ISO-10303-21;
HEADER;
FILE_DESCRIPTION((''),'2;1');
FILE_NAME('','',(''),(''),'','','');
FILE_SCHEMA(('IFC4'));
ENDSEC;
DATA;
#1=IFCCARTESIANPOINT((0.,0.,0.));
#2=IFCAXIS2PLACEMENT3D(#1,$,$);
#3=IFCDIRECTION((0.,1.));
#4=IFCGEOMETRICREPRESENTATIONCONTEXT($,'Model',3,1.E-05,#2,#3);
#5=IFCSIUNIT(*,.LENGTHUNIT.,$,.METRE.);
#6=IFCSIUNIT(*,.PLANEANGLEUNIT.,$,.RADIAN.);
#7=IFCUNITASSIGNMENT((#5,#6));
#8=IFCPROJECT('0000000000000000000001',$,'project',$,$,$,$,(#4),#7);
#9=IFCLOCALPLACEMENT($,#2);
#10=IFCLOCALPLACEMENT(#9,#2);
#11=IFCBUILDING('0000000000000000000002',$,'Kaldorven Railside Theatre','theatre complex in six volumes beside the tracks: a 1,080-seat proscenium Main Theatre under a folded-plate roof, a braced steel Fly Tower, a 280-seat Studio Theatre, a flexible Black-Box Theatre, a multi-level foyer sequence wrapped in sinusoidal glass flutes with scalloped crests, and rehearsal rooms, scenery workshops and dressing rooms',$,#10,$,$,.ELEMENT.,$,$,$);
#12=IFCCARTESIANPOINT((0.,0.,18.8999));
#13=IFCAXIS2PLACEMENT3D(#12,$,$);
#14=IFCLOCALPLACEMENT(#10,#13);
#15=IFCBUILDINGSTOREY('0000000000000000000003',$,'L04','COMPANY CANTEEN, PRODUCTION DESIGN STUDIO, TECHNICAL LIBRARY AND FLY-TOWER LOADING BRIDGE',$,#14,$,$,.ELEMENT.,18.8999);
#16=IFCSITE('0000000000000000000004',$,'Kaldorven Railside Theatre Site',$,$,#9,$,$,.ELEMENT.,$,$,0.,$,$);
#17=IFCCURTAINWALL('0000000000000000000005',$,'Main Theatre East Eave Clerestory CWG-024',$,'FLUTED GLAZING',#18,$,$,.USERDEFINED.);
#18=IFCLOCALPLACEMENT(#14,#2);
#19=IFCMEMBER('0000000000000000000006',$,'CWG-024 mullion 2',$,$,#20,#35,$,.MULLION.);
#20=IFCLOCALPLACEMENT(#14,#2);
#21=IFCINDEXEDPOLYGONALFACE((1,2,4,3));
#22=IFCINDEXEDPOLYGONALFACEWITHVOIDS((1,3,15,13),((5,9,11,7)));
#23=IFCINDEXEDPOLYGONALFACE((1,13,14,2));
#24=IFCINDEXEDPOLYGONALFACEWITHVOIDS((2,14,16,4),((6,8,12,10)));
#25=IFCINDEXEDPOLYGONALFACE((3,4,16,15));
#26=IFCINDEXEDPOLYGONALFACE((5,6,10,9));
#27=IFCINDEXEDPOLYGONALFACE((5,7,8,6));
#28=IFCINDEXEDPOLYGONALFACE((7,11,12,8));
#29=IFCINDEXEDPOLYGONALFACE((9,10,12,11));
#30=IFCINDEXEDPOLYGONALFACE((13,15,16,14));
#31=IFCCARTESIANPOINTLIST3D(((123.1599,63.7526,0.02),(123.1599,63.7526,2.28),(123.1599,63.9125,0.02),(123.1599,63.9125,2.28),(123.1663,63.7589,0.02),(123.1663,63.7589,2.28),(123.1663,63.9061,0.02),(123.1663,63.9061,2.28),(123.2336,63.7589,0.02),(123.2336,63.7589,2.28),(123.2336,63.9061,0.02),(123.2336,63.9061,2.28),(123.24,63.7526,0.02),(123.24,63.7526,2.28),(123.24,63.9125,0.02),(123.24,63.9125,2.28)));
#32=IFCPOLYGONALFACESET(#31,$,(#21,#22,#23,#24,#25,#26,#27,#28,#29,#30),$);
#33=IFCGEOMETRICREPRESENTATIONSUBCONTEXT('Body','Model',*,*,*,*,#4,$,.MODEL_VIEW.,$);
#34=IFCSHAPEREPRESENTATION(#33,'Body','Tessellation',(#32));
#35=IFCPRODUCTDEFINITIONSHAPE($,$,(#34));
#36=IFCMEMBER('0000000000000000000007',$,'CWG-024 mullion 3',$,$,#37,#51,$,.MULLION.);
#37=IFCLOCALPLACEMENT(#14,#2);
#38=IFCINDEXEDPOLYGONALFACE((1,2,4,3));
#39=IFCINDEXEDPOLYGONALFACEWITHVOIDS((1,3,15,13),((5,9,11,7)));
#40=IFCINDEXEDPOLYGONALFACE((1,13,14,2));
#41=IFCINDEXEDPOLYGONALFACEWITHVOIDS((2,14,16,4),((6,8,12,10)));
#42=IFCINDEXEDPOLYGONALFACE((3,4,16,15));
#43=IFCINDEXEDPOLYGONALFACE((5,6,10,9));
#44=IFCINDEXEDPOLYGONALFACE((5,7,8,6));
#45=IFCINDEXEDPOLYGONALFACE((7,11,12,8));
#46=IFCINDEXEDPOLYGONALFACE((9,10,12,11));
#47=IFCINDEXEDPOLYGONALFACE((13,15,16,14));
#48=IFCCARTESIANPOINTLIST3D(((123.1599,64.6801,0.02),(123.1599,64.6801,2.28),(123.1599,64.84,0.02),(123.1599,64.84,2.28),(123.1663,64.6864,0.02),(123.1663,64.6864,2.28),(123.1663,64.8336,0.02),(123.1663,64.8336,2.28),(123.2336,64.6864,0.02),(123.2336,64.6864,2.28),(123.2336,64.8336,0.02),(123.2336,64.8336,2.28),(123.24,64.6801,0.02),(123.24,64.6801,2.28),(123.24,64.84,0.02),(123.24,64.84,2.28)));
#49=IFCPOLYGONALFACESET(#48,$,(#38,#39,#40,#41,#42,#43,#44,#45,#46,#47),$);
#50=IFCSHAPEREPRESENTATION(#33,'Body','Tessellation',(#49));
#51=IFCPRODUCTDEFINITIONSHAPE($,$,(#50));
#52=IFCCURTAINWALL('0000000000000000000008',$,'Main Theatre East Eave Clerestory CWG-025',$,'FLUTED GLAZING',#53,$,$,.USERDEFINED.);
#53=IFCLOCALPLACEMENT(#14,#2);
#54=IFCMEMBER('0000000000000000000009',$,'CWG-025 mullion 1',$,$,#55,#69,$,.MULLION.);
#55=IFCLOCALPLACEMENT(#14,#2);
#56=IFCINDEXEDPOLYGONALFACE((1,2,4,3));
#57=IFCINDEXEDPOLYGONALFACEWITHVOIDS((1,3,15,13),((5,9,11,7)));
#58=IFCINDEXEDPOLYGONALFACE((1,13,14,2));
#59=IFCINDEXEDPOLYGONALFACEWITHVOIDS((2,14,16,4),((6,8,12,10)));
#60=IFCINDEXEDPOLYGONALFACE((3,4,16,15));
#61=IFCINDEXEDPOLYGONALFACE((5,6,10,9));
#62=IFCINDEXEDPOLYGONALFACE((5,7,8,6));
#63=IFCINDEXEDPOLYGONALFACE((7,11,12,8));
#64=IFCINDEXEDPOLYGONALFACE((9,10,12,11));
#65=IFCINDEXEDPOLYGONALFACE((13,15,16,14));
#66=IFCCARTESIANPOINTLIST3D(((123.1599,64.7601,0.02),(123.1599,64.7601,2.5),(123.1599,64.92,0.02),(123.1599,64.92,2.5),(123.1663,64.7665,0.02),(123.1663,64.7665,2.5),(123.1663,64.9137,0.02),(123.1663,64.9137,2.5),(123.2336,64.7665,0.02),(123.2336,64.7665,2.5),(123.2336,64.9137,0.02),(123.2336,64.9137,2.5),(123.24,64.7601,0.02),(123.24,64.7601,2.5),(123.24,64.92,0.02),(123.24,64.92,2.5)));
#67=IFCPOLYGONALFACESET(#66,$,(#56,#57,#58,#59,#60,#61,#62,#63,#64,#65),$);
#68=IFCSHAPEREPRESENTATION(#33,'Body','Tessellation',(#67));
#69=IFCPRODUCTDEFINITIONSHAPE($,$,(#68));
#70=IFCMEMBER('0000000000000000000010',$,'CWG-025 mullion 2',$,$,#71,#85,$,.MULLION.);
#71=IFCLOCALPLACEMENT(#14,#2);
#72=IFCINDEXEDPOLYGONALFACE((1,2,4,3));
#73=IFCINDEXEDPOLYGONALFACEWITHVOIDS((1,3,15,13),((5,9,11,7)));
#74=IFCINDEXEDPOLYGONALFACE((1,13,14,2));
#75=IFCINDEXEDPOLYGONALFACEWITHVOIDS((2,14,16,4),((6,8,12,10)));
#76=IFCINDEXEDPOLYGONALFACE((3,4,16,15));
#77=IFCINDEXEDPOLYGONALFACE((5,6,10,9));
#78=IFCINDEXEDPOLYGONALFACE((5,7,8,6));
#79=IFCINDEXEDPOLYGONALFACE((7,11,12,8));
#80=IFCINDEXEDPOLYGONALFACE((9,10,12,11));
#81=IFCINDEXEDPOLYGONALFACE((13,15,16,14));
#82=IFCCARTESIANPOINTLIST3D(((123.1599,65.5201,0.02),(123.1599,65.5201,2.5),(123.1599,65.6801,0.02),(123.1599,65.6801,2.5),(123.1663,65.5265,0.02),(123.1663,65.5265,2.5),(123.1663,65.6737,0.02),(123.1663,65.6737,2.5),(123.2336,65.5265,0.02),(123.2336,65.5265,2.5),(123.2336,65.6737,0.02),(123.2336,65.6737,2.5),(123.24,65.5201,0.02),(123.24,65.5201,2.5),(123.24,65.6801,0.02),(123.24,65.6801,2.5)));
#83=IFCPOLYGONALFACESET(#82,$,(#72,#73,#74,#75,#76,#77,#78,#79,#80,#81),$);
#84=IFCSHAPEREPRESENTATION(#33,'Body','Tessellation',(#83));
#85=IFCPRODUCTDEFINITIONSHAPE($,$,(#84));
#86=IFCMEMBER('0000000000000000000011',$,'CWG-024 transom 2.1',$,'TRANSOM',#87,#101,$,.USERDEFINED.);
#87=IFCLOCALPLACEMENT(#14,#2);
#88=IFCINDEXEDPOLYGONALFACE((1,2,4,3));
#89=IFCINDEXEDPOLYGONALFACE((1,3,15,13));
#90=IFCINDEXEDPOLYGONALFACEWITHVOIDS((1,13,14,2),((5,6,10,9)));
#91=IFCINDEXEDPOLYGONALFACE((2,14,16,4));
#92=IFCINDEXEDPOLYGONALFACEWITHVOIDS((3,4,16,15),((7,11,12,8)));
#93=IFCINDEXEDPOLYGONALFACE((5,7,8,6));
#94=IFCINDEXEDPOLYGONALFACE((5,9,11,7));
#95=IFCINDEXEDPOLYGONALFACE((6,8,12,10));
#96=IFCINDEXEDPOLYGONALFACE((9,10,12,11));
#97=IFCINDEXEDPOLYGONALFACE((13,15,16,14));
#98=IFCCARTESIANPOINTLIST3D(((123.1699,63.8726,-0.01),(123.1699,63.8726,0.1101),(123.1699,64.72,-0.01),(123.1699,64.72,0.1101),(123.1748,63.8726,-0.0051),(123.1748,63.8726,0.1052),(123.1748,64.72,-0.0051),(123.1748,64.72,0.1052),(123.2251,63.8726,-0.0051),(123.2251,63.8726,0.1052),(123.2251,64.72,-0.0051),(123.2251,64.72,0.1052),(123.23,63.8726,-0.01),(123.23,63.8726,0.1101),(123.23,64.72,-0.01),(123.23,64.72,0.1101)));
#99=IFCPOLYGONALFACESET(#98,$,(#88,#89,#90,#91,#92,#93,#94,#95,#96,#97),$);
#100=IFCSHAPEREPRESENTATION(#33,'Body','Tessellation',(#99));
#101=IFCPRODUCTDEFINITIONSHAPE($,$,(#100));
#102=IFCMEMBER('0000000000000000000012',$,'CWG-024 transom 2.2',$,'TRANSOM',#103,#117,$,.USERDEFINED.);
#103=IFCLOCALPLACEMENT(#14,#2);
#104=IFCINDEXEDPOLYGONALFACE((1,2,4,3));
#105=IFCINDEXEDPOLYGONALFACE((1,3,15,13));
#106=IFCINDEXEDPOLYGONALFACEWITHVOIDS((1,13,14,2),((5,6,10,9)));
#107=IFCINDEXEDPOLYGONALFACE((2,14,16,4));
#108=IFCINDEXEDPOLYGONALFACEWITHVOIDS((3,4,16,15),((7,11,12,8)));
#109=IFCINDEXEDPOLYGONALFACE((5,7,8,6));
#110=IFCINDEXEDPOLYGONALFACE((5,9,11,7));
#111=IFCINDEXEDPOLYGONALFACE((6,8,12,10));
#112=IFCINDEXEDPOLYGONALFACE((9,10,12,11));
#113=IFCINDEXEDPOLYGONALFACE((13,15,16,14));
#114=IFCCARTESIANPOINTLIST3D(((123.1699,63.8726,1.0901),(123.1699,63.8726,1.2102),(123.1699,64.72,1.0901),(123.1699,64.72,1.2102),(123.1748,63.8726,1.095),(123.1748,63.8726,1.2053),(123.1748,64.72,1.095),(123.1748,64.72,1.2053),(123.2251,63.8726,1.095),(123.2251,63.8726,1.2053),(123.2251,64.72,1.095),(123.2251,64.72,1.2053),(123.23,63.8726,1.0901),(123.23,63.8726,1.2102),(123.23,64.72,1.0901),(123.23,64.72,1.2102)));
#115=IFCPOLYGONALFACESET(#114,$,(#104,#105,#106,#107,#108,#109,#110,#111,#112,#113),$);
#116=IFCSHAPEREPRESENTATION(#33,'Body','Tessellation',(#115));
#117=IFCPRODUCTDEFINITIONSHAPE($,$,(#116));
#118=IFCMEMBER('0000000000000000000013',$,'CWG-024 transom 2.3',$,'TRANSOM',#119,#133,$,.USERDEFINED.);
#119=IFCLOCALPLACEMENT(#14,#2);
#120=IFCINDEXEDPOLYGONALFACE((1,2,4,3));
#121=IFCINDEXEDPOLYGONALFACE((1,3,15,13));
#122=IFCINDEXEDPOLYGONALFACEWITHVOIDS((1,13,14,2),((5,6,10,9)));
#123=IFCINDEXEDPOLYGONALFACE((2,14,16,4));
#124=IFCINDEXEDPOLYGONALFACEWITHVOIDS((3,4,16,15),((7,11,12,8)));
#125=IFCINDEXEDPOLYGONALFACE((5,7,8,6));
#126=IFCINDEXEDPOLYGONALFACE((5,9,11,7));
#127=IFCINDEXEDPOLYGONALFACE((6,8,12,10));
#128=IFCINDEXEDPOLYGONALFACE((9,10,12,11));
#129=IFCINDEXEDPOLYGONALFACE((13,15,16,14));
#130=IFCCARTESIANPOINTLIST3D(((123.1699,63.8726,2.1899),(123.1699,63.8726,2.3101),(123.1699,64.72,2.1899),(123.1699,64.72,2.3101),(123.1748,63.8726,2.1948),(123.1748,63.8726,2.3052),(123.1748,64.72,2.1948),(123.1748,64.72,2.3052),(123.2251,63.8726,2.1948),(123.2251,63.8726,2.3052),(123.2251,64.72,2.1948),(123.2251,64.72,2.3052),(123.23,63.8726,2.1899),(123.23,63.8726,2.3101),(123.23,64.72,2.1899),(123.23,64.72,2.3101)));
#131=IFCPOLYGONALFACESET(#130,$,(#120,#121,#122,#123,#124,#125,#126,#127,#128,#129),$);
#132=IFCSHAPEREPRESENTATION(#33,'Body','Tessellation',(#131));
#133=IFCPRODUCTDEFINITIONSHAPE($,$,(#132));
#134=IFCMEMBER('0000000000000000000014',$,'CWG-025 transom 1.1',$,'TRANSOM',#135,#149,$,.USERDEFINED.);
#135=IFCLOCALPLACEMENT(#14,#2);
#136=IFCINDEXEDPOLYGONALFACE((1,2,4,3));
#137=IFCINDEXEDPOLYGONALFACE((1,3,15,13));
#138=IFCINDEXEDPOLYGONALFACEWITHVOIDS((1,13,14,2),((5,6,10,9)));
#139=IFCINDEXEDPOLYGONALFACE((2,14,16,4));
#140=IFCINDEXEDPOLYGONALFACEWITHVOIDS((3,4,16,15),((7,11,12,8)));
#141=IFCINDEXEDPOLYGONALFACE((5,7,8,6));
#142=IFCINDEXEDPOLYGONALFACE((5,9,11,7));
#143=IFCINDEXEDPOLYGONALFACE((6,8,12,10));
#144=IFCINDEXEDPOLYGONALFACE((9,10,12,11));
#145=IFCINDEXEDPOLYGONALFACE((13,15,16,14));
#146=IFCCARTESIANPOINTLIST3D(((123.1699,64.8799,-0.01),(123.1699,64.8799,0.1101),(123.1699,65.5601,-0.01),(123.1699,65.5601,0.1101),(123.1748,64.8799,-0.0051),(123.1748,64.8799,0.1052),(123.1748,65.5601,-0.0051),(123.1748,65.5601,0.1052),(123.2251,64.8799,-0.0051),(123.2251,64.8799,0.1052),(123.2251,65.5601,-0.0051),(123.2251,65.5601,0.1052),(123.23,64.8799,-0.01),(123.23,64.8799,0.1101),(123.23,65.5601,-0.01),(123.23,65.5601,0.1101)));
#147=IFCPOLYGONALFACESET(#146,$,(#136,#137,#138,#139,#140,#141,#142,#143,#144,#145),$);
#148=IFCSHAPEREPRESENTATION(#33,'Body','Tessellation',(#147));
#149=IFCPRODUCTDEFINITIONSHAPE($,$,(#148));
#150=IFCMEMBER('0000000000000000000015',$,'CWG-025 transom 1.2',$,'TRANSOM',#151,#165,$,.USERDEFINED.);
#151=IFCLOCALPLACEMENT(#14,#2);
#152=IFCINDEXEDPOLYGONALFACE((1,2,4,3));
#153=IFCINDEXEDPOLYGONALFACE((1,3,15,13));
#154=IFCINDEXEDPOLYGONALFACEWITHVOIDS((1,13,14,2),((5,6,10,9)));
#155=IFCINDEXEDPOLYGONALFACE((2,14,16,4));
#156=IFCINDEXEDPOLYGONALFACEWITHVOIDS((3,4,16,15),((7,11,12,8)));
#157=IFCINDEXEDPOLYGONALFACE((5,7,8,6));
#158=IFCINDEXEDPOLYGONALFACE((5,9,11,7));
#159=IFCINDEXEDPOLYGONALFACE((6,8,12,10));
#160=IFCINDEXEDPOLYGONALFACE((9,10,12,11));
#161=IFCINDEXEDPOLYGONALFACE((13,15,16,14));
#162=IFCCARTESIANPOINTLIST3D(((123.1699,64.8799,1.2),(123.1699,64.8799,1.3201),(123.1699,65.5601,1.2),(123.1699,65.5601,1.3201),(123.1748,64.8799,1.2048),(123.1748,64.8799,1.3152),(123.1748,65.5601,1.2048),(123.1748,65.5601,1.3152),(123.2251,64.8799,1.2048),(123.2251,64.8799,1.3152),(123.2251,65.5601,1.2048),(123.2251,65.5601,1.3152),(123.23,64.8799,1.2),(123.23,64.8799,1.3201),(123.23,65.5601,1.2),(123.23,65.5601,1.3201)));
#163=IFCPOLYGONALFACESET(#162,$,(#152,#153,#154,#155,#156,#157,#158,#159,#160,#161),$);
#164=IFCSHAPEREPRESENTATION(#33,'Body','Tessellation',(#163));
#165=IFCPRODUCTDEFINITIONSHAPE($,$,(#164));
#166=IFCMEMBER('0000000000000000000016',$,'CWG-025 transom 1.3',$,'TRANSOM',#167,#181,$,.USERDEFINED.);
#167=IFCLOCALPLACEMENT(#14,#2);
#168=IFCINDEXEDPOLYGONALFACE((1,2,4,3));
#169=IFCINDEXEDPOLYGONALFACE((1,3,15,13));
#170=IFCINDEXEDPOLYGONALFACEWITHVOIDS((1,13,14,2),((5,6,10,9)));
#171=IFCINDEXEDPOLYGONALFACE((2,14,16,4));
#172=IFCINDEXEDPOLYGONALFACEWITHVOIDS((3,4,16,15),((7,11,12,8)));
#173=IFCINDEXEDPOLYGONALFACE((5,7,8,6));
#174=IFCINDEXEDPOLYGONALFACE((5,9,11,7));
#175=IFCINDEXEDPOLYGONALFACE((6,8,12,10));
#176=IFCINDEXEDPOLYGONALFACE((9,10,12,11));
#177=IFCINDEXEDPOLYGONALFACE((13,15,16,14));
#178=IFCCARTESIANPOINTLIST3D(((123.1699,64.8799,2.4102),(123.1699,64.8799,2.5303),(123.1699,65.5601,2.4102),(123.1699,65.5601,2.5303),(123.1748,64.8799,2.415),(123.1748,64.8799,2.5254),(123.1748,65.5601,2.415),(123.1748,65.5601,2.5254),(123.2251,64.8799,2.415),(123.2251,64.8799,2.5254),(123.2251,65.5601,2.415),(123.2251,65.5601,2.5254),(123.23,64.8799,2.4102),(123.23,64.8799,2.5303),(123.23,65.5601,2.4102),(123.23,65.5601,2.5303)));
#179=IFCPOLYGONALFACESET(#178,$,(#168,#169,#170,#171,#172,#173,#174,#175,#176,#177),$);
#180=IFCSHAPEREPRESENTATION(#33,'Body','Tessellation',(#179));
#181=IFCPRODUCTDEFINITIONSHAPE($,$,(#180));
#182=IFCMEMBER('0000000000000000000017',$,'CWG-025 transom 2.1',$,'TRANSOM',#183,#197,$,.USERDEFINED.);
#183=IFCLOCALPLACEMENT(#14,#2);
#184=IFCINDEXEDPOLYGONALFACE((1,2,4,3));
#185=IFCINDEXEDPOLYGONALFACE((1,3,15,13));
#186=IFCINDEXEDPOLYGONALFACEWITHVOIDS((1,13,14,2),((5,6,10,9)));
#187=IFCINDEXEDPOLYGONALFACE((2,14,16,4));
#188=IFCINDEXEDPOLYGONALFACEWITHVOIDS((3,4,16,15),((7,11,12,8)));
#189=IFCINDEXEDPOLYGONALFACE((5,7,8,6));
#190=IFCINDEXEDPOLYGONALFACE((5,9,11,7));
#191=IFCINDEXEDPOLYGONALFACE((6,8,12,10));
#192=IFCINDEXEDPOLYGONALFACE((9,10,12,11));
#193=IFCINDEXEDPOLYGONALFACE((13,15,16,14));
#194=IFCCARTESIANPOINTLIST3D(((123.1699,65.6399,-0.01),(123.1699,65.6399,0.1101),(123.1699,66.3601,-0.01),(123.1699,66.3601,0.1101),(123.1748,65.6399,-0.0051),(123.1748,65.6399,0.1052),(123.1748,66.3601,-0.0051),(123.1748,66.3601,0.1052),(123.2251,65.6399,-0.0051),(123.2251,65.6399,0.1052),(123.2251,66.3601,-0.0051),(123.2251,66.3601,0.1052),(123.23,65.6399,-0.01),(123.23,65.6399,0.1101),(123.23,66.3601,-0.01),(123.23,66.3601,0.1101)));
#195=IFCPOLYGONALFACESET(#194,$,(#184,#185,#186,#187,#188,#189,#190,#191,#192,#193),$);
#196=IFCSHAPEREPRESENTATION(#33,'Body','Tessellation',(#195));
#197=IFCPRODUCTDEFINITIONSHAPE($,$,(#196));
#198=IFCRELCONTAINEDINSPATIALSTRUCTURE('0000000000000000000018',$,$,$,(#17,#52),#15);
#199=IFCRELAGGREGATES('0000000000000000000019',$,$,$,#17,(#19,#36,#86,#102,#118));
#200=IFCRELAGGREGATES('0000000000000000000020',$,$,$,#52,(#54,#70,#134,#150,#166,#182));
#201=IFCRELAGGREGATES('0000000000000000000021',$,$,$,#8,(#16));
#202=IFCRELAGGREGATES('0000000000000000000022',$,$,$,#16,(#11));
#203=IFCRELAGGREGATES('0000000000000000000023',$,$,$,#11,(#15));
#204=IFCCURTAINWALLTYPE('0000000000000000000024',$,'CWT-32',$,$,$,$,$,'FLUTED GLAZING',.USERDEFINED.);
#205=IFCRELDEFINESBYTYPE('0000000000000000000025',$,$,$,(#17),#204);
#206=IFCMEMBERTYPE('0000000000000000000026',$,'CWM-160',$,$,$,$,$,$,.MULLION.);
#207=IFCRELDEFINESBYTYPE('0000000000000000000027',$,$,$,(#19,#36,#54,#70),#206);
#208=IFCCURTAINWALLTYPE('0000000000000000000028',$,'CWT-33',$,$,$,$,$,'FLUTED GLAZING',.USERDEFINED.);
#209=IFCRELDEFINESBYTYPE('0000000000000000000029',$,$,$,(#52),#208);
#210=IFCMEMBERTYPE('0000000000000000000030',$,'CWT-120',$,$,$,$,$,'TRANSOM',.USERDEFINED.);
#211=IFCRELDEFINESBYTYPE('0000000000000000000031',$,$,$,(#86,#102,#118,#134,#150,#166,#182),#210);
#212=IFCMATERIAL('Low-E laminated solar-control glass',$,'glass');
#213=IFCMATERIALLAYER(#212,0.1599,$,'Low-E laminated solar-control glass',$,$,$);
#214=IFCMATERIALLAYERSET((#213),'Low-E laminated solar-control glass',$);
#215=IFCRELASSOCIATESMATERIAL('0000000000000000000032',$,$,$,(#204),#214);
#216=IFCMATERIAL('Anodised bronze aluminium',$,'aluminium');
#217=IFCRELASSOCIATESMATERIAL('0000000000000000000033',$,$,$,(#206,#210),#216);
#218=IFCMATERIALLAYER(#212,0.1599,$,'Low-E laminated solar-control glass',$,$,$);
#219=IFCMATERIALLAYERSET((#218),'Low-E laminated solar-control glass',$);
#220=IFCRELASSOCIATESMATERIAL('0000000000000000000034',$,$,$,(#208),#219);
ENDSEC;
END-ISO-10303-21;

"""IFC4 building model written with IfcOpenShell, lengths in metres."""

from ifc_helpers import new_model, si_unit, direction, frame, origin, origin_2d, place, context, subcontext, project, spatial, hollow_rectangle, extrude, material, layer, layer_set, material_profile, profile_set, type_object, element, aggregate, save


model = new_model("IFC4")

# Units and contexts
model_context = context("Model", 3, precision=1e-05, world=origin(), true_north=direction((0.0, 1.0)))
body_context = subcontext(model_context, "Body", "Model", "MODEL_VIEW")
ifc_project = project(units=[si_unit("LENGTHUNIT", "METRE"), si_unit("PLANEANGLEUNIT", "RADIAN")], contexts=[model_context])

# Site, building, storey
site_placement = place(None, origin())
site = spatial("IfcSite", under=ifc_project, at=site_placement, Name="Kaldorven Railside Theatre Site", CompositionType="ELEMENT", RefElevation=0.0)
building_placement = place(site_placement, origin())
building = spatial("IfcBuilding", under=site, at=building_placement, Name="Kaldorven Railside Theatre", Description="theatre complex in six volumes beside the tracks: a 1,080-seat proscenium Main Theatre under a folded-plate roof, a braced steel Fly Tower, a 280-seat Studio Theatre, a flexible Black-Box Theatre, a multi-level foyer sequence wrapped in sinusoidal glass flutes with scalloped crests, and rehearsal rooms, scenery workshops and dressing rooms", CompositionType="ELEMENT")
storey_placement = place(building_placement, frame((0.0, 0.0, 18.8999)))
storey = spatial("IfcBuildingStorey", under=building, at=storey_placement, Name="L04", Description="COMPANY CANTEEN, PRODUCTION DESIGN STUDIO, TECHNICAL LIBRARY AND FLY-TOWER LOADING BRIDGE", CompositionType="ELEMENT", Elevation=18.8999)

# Curtain walls, members
ifc_material_1 = material(Name="Low-E laminated solar-control glass", Category="glass")
ifc_layer_1 = layer(ifc_material_1, 0.1599, Name="Low-E laminated solar-control glass")
ifc_layer_set_1 = layer_set([ifc_layer_1], Name="Low-E laminated solar-control glass")
curtain_wall_type_1 = type_object("IfcCurtainWallType", Name="CWT-32", ElementType="FLUTED GLAZING", PredefinedType="USERDEFINED", material=ifc_layer_set_1)
curtain_wall_1_placement = place(storey_placement, origin())
curtain_wall_1 = element("IfcCurtainWall", 1, at=curtain_wall_1_placement, inside=storey, type_object=curtain_wall_type_1, Name="Main Theatre East Eave Clerestory CWG-024", ObjectType="FLUTED GLAZING", PredefinedType="USERDEFINED")
ifc_material_2 = material(Name="Anodised bronze aluminium", Category="aluminium")
ifc_material_profile_1 = material_profile(ifc_material_2, hollow_rectangle(XDim=0.0801, YDim=0.1599, WallThickness=0.0063, at=origin_2d()), Name="RHS 160x80x6.3")
ifc_profile_set_1 = profile_set([ifc_material_profile_1], Name="Anodised bronze aluminium")
member_type_1 = type_object("IfcMemberType", Name="CWM-160", PredefinedType="MULLION", material=ifc_profile_set_1)
member_1_placement = place(storey_placement, frame((123.2, 63.8325, 0.02), z_axis=(0.0, 0.0, 1.0), x_axis=(-1.0, 0.0, 0.0)))
member_1 = element("IfcMember", 2, at=member_1_placement, type_object=member_type_1, Name="CWG-024 mullion 2", PredefinedType="MULLION", context=body_context, shape_type="SweptSolid", body=[
    extrude(hollow_rectangle(XDim=0.0801, YDim=0.1599, WallThickness=0.0063, at=origin_2d()), origin(), (0.0, 0.0, 1.0), 2.26),
])
member_2_placement = place(storey_placement, frame((123.2, 64.76, 0.02), z_axis=(0.0, 0.0, 1.0), x_axis=(-1.0, 0.0, 0.0)))
member_2 = element("IfcMember", 3, at=member_2_placement, type_object=member_type_1, Name="CWG-024 mullion 3", PredefinedType="MULLION", context=body_context, shape_type="SweptSolid", body=[
    extrude(hollow_rectangle(XDim=0.0801, YDim=0.1599, WallThickness=0.0063, at=origin_2d()), origin(), (0.0, 0.0, 1.0), 2.26),
])
ifc_layer_2 = layer(ifc_material_1, 0.1599, Name="Low-E laminated solar-control glass")
ifc_layer_set_2 = layer_set([ifc_layer_2], Name="Low-E laminated solar-control glass")
curtain_wall_type_2 = type_object("IfcCurtainWallType", Name="CWT-33", ElementType="FLUTED GLAZING", PredefinedType="USERDEFINED", material=ifc_layer_set_2)
curtain_wall_2_placement = place(storey_placement, origin())
curtain_wall_2 = element("IfcCurtainWall", 4, at=curtain_wall_2_placement, inside=storey, type_object=curtain_wall_type_2, Name="Main Theatre East Eave Clerestory CWG-025", ObjectType="FLUTED GLAZING", PredefinedType="USERDEFINED")
member_3_placement = place(storey_placement, frame((123.2, 64.8401, 0.02), z_axis=(0.0, 0.0, 1.0), x_axis=(-1.0, 0.0, 0.0)))
member_3 = element("IfcMember", 5, at=member_3_placement, type_object=member_type_1, Name="CWG-025 mullion 1", PredefinedType="MULLION", context=body_context, shape_type="SweptSolid", body=[
    extrude(hollow_rectangle(XDim=0.0801, YDim=0.1599, WallThickness=0.0063, at=origin_2d()), origin(), (0.0, 0.0, 1.0), 2.48),
])
member_4_placement = place(storey_placement, frame((123.2, 65.6001, 0.02), z_axis=(0.0, 0.0, 1.0), x_axis=(-1.0, 0.0, 0.0)))
member_4 = element("IfcMember", 6, at=member_4_placement, type_object=member_type_1, Name="CWG-025 mullion 2", PredefinedType="MULLION", context=body_context, shape_type="SweptSolid", body=[
    extrude(hollow_rectangle(XDim=0.0801, YDim=0.1599, WallThickness=0.0063, at=origin_2d()), origin(), (0.0, 0.0, 1.0), 2.48),
])

# Members
ifc_material_profile_2 = material_profile(ifc_material_2, hollow_rectangle(XDim=0.0601, YDim=0.1201, WallThickness=0.0049, at=origin_2d()), Name="RHS 120x60x5")
ifc_profile_set_2 = profile_set([ifc_material_profile_2], Name="Anodised bronze aluminium")
member_type_2 = type_object("IfcMemberType", Name="CWT-120", ElementType="TRANSOM", PredefinedType="USERDEFINED", material=ifc_profile_set_2)
member_5_placement = place(storey_placement, frame((123.2, 63.8726, 0.05), z_axis=(0.0, 1.0, 0.0), x_axis=(-1.0, 0.0, 0.0)))
member_5 = element("IfcMember", 7, at=member_5_placement, type_object=member_type_2, Name="CWG-024 transom 2.1", ObjectType="TRANSOM", PredefinedType="USERDEFINED", context=body_context, shape_type="SweptSolid", body=[
    extrude(hollow_rectangle(XDim=0.0601, YDim=0.1201, WallThickness=0.0049, at=origin_2d()), origin(), (0.0, 0.0, 1.0), 0.8474),
])
member_6_placement = place(storey_placement, frame((123.2, 63.8726, 1.1501), z_axis=(0.0, 1.0, 0.0), x_axis=(-1.0, 0.0, 0.0)))
member_6 = element("IfcMember", 8, at=member_6_placement, type_object=member_type_2, Name="CWG-024 transom 2.2", ObjectType="TRANSOM", PredefinedType="USERDEFINED", context=body_context, shape_type="SweptSolid", body=[
    extrude(hollow_rectangle(XDim=0.0601, YDim=0.1201, WallThickness=0.0049, at=origin_2d()), origin(), (0.0, 0.0, 1.0), 0.8474),
])
member_7_placement = place(storey_placement, frame((123.2, 63.8726, 2.25), z_axis=(0.0, 1.0, 0.0), x_axis=(-1.0, 0.0, 0.0)))
member_7 = element("IfcMember", 9, at=member_7_placement, type_object=member_type_2, Name="CWG-024 transom 2.3", ObjectType="TRANSOM", PredefinedType="USERDEFINED", context=body_context, shape_type="SweptSolid", body=[
    extrude(hollow_rectangle(XDim=0.0601, YDim=0.1201, WallThickness=0.0049, at=origin_2d()), origin(), (0.0, 0.0, 1.0), 0.8474),
])
member_8_placement = place(storey_placement, frame((123.2, 64.8799, 0.05), z_axis=(0.0, 1.0, 0.0), x_axis=(-1.0, 0.0, 0.0)))
member_8 = element("IfcMember", 10, at=member_8_placement, type_object=member_type_2, Name="CWG-025 transom 1.1", ObjectType="TRANSOM", PredefinedType="USERDEFINED", context=body_context, shape_type="SweptSolid", body=[
    extrude(hollow_rectangle(XDim=0.0601, YDim=0.1201, WallThickness=0.0049, at=origin_2d()), origin(), (0.0, 0.0, 1.0), 0.6802),
])
member_9_placement = place(storey_placement, frame((123.2, 64.8799, 1.26), z_axis=(0.0, 1.0, 0.0), x_axis=(-1.0, 0.0, 0.0)))
member_9 = element("IfcMember", 11, at=member_9_placement, type_object=member_type_2, Name="CWG-025 transom 1.2", ObjectType="TRANSOM", PredefinedType="USERDEFINED", context=body_context, shape_type="SweptSolid", body=[
    extrude(hollow_rectangle(XDim=0.0601, YDim=0.1201, WallThickness=0.0049, at=origin_2d()), origin(), (0.0, 0.0, 1.0), 0.6802),
])
member_10_placement = place(storey_placement, frame((123.2, 64.8799, 2.4702), z_axis=(0.0, 1.0, 0.0), x_axis=(-1.0, 0.0, 0.0)))
member_10 = element("IfcMember", 12, at=member_10_placement, type_object=member_type_2, Name="CWG-025 transom 1.3", ObjectType="TRANSOM", PredefinedType="USERDEFINED", context=body_context, shape_type="SweptSolid", body=[
    extrude(hollow_rectangle(XDim=0.0601, YDim=0.1201, WallThickness=0.0049, at=origin_2d()), origin(), (0.0, 0.0, 1.0), 0.6802),
])
member_11_placement = place(storey_placement, frame((123.2, 65.6399, 0.05), z_axis=(0.0, 1.0, 0.0), x_axis=(-1.0, 0.0, 0.0)))
member_11 = element("IfcMember", 13, at=member_11_placement, type_object=member_type_2, Name="CWG-025 transom 2.1", ObjectType="TRANSOM", PredefinedType="USERDEFINED", context=body_context, shape_type="SweptSolid", body=[
    extrude(hollow_rectangle(XDim=0.0601, YDim=0.1201, WallThickness=0.0049, at=origin_2d()), origin(), (0.0, 0.0, 1.0), 0.7202),
])

aggregate(curtain_wall_1, [member_1, member_2, member_5, member_6, member_7])
aggregate(curtain_wall_2, [member_3, member_4, member_8, member_9, member_10, member_11])

save(model, "model.ifc")
